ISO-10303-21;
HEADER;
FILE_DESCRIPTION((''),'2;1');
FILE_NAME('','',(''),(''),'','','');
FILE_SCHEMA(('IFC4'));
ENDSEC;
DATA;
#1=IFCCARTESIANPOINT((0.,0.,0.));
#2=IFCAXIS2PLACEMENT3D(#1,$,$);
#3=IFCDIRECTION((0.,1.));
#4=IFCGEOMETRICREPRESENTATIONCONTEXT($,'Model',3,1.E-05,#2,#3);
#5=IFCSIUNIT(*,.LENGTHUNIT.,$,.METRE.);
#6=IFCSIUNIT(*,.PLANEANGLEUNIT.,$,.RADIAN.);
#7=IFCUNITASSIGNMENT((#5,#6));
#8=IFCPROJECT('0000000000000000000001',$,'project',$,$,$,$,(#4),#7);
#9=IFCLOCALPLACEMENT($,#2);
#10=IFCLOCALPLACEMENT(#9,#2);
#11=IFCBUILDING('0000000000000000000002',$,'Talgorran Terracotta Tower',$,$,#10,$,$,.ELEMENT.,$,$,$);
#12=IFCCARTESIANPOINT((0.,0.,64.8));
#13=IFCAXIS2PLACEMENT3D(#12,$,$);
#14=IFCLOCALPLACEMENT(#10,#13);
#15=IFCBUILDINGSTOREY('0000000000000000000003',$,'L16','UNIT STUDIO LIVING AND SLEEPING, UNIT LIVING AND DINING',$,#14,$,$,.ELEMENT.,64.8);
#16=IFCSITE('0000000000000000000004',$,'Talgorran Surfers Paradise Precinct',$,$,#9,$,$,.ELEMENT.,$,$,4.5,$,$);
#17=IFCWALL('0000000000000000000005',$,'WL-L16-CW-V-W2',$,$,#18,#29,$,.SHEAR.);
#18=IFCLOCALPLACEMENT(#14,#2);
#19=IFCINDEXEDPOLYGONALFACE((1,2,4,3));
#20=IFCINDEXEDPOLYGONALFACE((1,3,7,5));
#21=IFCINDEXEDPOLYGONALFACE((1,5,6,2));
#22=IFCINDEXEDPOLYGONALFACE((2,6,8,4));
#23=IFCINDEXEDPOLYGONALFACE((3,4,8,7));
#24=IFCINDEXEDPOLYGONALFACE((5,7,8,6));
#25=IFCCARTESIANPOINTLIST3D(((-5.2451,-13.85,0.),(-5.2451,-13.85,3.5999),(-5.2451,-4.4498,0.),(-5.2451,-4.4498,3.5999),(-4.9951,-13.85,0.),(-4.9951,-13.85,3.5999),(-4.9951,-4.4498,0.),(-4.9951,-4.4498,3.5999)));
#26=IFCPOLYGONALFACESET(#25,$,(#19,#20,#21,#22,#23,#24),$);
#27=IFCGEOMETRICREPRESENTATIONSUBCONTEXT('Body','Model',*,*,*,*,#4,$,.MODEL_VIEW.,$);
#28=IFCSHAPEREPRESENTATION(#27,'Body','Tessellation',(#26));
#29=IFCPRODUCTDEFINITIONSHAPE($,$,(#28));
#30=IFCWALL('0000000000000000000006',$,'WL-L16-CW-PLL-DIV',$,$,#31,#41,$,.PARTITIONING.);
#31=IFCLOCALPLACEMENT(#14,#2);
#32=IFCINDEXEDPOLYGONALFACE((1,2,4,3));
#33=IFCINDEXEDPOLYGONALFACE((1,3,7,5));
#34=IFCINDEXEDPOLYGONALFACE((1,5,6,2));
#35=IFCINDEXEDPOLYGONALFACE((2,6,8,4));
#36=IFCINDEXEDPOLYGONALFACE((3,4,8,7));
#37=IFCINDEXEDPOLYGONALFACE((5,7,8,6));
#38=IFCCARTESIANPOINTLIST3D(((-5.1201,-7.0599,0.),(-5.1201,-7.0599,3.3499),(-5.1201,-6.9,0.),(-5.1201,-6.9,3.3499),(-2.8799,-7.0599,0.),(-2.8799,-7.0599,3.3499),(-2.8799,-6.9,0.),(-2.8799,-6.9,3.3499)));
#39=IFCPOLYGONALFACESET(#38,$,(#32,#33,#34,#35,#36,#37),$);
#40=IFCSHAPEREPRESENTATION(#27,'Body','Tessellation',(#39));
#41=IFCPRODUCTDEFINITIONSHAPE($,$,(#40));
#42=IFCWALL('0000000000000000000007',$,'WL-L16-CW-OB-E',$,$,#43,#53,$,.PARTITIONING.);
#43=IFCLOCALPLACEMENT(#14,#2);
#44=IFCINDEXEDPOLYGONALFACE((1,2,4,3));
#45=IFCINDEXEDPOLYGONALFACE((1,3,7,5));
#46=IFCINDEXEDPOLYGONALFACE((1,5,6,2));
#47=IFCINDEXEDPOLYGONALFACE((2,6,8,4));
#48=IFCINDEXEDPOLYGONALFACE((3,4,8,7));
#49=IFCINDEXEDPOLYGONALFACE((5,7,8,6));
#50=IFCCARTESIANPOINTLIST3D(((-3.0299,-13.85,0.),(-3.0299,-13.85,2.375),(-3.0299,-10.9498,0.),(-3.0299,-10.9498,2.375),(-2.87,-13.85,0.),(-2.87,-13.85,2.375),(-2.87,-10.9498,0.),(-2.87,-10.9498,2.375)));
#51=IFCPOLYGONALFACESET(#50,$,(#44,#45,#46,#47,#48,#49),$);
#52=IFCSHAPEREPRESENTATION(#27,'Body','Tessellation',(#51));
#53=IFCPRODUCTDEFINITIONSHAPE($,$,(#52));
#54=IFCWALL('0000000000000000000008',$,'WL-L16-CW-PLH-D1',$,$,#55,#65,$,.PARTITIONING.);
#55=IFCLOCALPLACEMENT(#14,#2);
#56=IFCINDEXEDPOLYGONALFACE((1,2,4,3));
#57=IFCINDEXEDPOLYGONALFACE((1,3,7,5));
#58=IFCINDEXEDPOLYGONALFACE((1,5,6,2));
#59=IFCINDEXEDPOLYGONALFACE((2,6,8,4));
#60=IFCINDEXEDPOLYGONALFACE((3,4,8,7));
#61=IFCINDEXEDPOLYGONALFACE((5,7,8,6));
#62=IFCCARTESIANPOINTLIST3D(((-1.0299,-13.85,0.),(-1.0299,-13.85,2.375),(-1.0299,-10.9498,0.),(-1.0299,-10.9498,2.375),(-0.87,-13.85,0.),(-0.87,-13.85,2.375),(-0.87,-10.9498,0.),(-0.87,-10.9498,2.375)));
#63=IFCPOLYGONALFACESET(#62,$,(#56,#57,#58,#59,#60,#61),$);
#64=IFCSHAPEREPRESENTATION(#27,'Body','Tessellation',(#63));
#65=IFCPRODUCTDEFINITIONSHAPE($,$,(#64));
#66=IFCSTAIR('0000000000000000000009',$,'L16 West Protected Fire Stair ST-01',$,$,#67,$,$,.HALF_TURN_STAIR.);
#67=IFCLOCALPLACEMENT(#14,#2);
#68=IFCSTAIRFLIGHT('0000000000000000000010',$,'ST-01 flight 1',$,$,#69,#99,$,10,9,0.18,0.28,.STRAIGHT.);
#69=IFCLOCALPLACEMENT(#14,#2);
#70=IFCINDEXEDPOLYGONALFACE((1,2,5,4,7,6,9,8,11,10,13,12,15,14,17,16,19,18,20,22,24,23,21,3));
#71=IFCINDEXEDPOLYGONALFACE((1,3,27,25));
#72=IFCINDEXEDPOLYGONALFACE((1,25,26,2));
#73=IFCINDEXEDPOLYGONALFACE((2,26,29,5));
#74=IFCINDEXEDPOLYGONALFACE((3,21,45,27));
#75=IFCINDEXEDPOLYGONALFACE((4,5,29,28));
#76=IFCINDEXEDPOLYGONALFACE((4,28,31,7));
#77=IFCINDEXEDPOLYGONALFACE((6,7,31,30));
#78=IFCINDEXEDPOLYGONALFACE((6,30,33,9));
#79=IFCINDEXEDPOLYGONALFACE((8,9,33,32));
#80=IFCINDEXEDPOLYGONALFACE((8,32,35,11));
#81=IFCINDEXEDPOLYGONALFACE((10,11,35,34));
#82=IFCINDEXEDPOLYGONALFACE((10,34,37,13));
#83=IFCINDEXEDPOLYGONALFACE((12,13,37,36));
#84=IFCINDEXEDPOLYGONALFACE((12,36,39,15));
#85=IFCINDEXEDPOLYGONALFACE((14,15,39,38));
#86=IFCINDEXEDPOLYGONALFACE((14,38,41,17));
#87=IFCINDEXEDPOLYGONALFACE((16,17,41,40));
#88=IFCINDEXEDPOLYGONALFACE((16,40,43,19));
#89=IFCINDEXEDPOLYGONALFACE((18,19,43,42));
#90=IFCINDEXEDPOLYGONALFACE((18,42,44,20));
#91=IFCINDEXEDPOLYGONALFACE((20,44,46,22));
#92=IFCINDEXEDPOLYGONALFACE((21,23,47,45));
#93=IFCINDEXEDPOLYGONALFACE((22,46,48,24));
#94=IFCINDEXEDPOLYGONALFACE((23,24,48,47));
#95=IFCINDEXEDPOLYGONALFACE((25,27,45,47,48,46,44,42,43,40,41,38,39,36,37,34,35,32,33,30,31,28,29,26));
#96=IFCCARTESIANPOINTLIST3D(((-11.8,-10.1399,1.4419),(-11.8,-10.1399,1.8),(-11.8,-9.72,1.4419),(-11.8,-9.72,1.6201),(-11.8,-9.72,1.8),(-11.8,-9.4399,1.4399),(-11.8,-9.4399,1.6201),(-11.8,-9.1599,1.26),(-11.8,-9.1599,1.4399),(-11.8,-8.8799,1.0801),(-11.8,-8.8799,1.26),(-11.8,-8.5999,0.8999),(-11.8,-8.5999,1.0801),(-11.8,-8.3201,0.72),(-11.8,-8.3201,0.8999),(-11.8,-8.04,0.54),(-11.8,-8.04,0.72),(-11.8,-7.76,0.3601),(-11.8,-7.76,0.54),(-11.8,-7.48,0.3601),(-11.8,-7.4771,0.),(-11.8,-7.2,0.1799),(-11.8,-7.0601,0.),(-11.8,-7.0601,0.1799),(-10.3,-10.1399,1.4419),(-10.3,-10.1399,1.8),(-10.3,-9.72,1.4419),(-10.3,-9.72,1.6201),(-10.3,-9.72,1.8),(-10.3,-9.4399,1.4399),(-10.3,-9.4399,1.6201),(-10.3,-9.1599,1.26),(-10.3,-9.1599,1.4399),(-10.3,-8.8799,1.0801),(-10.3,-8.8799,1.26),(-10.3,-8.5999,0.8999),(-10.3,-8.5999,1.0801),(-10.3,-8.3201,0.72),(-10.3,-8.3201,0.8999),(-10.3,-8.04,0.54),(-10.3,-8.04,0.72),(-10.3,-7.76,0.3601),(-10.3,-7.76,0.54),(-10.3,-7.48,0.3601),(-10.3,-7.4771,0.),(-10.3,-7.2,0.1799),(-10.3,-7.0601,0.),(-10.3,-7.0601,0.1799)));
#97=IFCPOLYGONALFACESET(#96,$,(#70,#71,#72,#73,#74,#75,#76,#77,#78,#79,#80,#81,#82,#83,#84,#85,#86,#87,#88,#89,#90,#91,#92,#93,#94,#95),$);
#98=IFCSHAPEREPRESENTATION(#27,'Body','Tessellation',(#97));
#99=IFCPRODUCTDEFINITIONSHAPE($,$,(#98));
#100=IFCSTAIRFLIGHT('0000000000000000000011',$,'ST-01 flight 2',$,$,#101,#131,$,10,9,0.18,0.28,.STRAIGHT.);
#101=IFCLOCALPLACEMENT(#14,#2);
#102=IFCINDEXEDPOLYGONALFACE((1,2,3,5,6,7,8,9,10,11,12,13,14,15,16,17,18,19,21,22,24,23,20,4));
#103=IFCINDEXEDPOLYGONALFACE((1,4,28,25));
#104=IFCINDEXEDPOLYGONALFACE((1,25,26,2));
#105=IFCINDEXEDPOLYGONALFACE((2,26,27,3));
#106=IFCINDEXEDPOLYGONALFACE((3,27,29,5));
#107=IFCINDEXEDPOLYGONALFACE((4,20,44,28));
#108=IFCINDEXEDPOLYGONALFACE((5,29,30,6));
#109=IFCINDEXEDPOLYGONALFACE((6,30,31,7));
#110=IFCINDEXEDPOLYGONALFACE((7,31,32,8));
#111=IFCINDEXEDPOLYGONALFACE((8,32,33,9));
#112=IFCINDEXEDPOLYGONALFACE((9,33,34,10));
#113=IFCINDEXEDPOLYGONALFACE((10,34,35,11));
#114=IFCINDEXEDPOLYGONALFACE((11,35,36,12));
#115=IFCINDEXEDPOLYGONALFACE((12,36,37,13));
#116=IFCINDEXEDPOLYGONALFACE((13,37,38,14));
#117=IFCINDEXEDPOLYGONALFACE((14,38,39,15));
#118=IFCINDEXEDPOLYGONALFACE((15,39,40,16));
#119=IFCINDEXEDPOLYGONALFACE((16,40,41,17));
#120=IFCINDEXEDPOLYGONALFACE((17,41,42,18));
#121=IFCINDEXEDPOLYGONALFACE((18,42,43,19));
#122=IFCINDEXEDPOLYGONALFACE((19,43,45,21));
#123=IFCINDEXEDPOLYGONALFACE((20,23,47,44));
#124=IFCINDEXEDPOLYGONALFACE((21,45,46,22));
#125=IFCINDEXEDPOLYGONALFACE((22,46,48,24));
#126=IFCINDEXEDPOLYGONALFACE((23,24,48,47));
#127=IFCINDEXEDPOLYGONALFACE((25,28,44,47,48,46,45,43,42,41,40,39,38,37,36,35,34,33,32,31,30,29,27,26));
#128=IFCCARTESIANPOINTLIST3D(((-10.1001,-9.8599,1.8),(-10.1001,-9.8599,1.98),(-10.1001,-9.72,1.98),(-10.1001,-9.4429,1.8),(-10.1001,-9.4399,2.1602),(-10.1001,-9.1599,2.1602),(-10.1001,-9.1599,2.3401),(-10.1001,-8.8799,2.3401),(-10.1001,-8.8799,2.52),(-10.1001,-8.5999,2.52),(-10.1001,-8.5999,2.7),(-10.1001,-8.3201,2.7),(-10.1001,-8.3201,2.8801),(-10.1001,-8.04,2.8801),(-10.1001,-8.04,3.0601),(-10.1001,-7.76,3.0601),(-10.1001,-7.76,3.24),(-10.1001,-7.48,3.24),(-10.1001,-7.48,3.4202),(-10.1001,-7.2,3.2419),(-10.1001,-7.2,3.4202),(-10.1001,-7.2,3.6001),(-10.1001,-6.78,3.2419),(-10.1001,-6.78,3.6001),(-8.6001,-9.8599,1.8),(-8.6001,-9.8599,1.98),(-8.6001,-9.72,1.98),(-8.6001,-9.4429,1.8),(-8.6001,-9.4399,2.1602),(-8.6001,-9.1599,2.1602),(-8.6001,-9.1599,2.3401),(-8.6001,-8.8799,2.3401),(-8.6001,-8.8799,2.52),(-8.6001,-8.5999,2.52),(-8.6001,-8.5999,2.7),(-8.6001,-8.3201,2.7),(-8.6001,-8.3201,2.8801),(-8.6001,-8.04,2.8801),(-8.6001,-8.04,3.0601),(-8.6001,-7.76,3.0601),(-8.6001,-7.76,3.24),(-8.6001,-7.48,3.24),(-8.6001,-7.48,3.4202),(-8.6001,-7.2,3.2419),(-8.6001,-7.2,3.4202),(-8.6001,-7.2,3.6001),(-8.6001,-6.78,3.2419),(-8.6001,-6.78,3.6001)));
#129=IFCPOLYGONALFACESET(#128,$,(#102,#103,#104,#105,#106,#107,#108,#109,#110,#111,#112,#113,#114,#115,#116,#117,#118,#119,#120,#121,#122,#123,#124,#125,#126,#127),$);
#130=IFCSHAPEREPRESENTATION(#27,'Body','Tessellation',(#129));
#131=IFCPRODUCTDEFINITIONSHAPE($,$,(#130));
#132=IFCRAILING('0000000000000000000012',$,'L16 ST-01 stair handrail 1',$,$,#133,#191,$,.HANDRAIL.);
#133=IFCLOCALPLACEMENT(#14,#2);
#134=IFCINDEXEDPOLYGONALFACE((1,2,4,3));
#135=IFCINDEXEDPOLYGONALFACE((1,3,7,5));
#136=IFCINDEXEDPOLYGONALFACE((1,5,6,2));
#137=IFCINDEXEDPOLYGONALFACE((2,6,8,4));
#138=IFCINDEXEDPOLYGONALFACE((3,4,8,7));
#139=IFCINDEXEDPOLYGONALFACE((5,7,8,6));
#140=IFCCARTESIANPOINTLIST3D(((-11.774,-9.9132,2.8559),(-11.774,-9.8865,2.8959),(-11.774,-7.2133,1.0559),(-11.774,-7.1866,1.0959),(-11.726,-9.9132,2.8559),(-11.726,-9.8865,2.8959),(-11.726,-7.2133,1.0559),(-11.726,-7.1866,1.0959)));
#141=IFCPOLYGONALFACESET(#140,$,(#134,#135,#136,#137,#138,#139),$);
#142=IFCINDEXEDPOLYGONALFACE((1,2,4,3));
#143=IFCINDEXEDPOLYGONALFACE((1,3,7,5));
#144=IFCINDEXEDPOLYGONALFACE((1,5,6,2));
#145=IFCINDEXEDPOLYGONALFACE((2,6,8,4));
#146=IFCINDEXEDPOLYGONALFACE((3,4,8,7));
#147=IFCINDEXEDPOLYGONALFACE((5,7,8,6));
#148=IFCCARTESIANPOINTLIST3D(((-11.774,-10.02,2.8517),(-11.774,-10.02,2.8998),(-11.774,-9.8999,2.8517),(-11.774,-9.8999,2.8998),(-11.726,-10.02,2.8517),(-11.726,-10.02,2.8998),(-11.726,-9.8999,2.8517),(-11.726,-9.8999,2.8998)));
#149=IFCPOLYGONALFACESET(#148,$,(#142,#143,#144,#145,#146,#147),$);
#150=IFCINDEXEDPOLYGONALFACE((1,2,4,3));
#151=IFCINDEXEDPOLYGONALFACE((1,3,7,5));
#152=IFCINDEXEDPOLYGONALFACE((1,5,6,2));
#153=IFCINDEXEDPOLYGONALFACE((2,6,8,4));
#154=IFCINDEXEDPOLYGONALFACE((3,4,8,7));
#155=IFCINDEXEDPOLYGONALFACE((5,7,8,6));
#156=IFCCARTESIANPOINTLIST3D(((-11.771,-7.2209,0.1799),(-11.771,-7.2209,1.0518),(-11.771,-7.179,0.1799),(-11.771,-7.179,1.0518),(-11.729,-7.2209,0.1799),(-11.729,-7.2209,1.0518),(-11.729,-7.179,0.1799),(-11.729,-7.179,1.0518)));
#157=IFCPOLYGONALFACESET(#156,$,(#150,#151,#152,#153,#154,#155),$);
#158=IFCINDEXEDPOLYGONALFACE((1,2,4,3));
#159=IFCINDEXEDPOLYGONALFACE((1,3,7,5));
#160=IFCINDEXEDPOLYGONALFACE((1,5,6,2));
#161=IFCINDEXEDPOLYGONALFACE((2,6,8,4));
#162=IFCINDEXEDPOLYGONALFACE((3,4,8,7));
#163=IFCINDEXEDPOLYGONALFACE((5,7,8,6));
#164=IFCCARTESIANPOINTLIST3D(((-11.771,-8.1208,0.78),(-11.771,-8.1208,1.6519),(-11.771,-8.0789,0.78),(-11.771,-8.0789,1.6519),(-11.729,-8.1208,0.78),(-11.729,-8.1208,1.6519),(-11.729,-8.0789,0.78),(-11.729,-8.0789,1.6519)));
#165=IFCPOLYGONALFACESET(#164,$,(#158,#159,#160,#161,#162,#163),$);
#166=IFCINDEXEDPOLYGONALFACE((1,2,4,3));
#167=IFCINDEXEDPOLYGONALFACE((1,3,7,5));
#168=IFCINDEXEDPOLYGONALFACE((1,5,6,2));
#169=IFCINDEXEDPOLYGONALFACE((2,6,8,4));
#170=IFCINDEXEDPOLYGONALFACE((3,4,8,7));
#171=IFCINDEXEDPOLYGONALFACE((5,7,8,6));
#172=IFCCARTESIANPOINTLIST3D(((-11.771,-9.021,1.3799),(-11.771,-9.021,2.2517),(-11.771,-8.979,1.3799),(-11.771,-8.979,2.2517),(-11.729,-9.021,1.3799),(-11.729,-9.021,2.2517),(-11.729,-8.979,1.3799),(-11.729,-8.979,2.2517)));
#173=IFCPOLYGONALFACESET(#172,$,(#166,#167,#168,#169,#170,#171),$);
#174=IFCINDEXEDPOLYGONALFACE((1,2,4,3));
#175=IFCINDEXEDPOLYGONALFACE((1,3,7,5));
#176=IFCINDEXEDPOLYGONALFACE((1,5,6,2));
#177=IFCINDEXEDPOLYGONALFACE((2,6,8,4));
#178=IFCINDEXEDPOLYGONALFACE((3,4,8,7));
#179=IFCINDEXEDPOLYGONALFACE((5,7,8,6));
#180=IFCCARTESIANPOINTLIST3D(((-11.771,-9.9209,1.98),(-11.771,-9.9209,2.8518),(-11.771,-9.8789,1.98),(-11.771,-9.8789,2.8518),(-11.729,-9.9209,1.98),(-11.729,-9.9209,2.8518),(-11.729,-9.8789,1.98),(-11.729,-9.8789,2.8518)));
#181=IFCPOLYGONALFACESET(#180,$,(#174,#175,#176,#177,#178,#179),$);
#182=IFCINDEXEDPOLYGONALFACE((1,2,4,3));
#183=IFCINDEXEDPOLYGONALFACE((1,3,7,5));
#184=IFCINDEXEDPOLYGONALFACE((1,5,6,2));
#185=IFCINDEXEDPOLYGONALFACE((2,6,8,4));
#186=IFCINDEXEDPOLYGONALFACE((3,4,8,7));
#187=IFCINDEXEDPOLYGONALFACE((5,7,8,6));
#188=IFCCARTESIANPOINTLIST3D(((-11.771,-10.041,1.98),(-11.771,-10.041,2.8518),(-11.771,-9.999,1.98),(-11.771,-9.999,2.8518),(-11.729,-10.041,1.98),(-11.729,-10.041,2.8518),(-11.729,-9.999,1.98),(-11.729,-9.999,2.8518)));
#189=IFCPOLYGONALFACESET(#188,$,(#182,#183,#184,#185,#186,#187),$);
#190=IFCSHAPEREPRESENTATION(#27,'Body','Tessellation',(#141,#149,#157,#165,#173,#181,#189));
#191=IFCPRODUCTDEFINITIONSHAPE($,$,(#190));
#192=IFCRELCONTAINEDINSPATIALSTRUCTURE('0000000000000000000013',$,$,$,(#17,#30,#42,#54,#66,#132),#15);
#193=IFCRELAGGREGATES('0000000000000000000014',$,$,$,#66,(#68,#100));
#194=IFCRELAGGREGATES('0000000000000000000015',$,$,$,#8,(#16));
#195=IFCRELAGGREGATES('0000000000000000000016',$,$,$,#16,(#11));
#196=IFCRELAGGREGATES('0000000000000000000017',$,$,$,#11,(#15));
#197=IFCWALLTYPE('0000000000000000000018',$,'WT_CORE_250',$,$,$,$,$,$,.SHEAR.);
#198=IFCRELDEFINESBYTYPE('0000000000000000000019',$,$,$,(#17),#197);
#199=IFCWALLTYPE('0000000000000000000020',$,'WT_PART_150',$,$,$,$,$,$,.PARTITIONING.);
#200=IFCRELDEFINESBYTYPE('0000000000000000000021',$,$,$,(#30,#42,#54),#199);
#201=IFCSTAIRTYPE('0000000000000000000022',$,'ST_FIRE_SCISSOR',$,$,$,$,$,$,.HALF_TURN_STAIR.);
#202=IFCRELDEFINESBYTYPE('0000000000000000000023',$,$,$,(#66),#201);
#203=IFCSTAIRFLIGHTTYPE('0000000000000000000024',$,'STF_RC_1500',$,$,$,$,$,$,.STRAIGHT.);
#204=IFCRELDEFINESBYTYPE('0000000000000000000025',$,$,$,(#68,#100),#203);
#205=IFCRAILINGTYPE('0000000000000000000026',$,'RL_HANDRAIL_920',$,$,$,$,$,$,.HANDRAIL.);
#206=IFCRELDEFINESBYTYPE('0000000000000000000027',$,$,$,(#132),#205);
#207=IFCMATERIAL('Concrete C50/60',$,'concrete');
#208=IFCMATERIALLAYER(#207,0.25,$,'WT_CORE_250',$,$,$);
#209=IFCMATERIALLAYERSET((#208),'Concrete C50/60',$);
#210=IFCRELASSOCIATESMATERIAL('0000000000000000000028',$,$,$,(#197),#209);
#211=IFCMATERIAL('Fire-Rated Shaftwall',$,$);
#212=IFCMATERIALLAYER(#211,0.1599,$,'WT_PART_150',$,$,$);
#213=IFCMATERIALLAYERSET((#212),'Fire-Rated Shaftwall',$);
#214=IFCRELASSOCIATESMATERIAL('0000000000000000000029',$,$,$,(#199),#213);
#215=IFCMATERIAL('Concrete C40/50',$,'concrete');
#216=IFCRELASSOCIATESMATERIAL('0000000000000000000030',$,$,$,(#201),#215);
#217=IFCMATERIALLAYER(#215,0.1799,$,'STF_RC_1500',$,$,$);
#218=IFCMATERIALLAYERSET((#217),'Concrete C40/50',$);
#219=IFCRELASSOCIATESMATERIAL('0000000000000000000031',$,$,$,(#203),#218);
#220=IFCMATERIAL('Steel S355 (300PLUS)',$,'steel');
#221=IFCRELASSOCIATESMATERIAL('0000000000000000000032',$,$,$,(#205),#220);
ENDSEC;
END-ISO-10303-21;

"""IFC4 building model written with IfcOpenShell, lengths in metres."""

from ifc_helpers import new_model, si_unit, direction, frame, frame_2d, origin, origin_2d, place, context, subcontext, project, spatial, polyline, rectangle, outline, extrude, material, layer, layer_set, type_object, element, aggregate, save


model = new_model("IFC4")

# Units and contexts
model_context = context("Model", 3, precision=1e-05, world=origin(), true_north=direction((0.0, 1.0)))
body_context = subcontext(model_context, "Body", "Model", "MODEL_VIEW")
ifc_project = project(units=[si_unit("LENGTHUNIT", "METRE"), si_unit("PLANEANGLEUNIT", "RADIAN")], contexts=[model_context])

# Site, building, storey
site_placement = place(None, origin())
site = spatial("IfcSite", under=ifc_project, at=site_placement, Name="Talgorran Surfers Paradise Precinct", CompositionType="ELEMENT", RefElevation=4.5)
building_placement = place(site_placement, origin())
building = spatial("IfcBuilding", under=site, at=building_placement, Name="Talgorran Terracotta Tower", CompositionType="ELEMENT")
storey_placement = place(building_placement, frame((0.0, 0.0, 64.8)))
storey = spatial("IfcBuildingStorey", under=building, at=storey_placement, Name="L16", Description="UNIT STUDIO LIVING AND SLEEPING, UNIT LIVING AND DINING", CompositionType="ELEMENT", Elevation=64.8)

# Shared definitions
ifc_material_1 = material(Name="Concrete C50/60", Category="concrete")

# Walls
ifc_layer_1 = layer(ifc_material_1, 0.25, Name="WT_CORE_250")
ifc_layer_set_1 = layer_set([ifc_layer_1], Name="Concrete C50/60")
wall_type_1 = type_object("IfcWallType", Name="WT_CORE_250", PredefinedType="SHEAR", material=ifc_layer_set_1)
wall_1_placement = place(storey_placement, frame((-5.1201, -13.8501, 0.0), z_axis=(0.0, 0.0, 1.0), x_axis=(0.0, 1.0, 0.0)))
element("IfcWall", 1, at=wall_1_placement, inside=storey, type_object=wall_type_1, Name="WL-L16-CW-V-W2", PredefinedType="SHEAR", context=body_context, shape_type="SweptSolid", body=[
    extrude(rectangle(XDim=9.4001, YDim=0.25, at=frame_2d((4.7002, 0.0))), origin(), (0.0, 0.0, 1.0), 3.5999),
])
ifc_material_2 = material(Name="Fire-Rated Shaftwall")
ifc_layer_2 = layer(ifc_material_2, 0.1599, Name="WT_PART_150")
ifc_layer_set_2 = layer_set([ifc_layer_2], Name="Fire-Rated Shaftwall")
wall_type_2 = type_object("IfcWallType", Name="WT_PART_150", PredefinedType="PARTITIONING", material=ifc_layer_set_2)
wall_2_placement = place(storey_placement, frame((-5.1201, -6.98, 0.0), z_axis=(0.0, 0.0, 1.0), x_axis=(1.0, 0.0, 0.0)))
element("IfcWall", 2, at=wall_2_placement, inside=storey, type_object=wall_type_2, Name="WL-L16-CW-PLL-DIV", PredefinedType="PARTITIONING", context=body_context, shape_type="SweptSolid", body=[
    extrude(rectangle(XDim=2.2402, YDim=0.1599, at=frame_2d((1.1201, 0.0))), origin(), (0.0, 0.0, 1.0), 3.3499),
])
for number, where, z_axis, x_axis, name in (
    (3, (-2.95, -13.8501, 0.0), (0.0, 0.0, 1.0), (0.0, 1.0, 0.0), "WL-L16-CW-OB-E"),
    (4, (-0.95, -13.8501, 0.0), (0.0, 0.0, 1.0), (0.0, 1.0, 0.0), "WL-L16-CW-PLH-D1"),
):
    element("IfcWall", number, at=place(storey_placement, frame(where, z_axis=z_axis, x_axis=x_axis)), inside=storey, type_object=wall_type_2, Name=name, PredefinedType="PARTITIONING", context=body_context, shape_type="SweptSolid", body=[
        extrude(rectangle(XDim=2.9001, YDim=0.1599, at=frame_2d((1.4502, 0.0))), origin(), (0.0, 0.0, 1.0), 2.375),
    ])

# Stair, stair flights
ifc_material_3 = material(Name="Concrete C40/50", Category="concrete")
stair_type = type_object("IfcStairType", Name="ST_FIRE_SCISSOR", PredefinedType="HALF_TURN_STAIR", material=ifc_material_3)
stair_placement = place(storey_placement, origin())
stair = element("IfcStair", 5, at=stair_placement, inside=storey, type_object=stair_type, Name="L16 West Protected Fire Stair ST-01", PredefinedType="HALF_TURN_STAIR")
ifc_layer_3 = layer(ifc_material_3, 0.1799, Name="STF_RC_1500")
ifc_layer_set_3 = layer_set([ifc_layer_3], Name="Concrete C40/50")
stair_flight_type = type_object("IfcStairFlightType", Name="STF_RC_1500", PredefinedType="STRAIGHT", material=ifc_layer_set_3)
stair_flight_1_placement = place(storey_placement, frame((-11.05, -7.2, 0.0), z_axis=(0.0, 0.0, 1.0), x_axis=(0.0, -1.0, 0.0)))
stair_flight_1 = element("IfcStairFlight", 6, at=stair_flight_1_placement, type_object=stair_flight_type, Name="ST-01 flight 1", NumberOfRisers=10, NumberOfTreads=9, PredefinedType="STRAIGHT", RiserHeight=0.18, TreadLength=0.28, context=body_context, shape_type="SweptSolid", body=[
    extrude(outline(polyline([(-0.1399, 0.0), (-0.1399, 0.1799), (0.0, 0.1799), (0.28, 0.3601), (0.5601, 0.3601), (0.5601, 0.54), (0.8401, 0.54), (0.8401, 0.72), (1.1201, 0.72), (1.1201, 0.8999), (1.3999, 0.8999), (1.3999, 1.0801), (1.6799, 1.0801), (1.6799, 1.26), (1.96, 1.26), (1.96, 1.4399), (2.24, 1.4399), (2.24, 1.6201), (2.52, 1.6201), (2.52, 1.8), (2.9399, 1.8), (2.9399, 1.4419), (2.52, 1.4419), (0.2771, 0.0), (-0.1399, 0.0)])), frame((0.0, 0.75, 0.0), z_axis=(0.0, -1.0, 0.0), x_axis=(1.0, 0.0, 0.0)), (0.0, 0.0, 1.0), 1.5),
])
stair_flight_2_placement = place(storey_placement, frame((-9.3501, -9.72, 1.8), z_axis=(0.0, 0.0, 1.0), x_axis=(0.0, 1.0, 0.0)))
stair_flight_2 = element("IfcStairFlight", 7, at=stair_flight_2_placement, type_object=stair_flight_type, Name="ST-01 flight 2", NumberOfRisers=10, NumberOfTreads=9, PredefinedType="STRAIGHT", RiserHeight=0.18, TreadLength=0.28, context=body_context, shape_type="SweptSolid", body=[
    extrude(outline(polyline([(-0.1399, 0.0), (-0.1399, 0.1799), (0.0, 0.1799), (0.28, 0.3601), (0.5601, 0.3601), (0.5601, 0.54), (0.8401, 0.54), (0.8401, 0.72), (1.1201, 0.72), (1.1201, 0.8999), (1.3999, 0.8999), (1.3999, 1.0801), (1.6799, 1.0801), (1.6799, 1.26), (1.96, 1.26), (1.96, 1.4399), (2.24, 1.4399), (2.24, 1.6201), (2.52, 1.6201), (2.52, 1.8), (2.9399, 1.8), (2.9399, 1.4419), (2.52, 1.4419), (0.2771, 0.0), (-0.1399, 0.0)])), frame((0.0, 0.75, 0.0), z_axis=(0.0, -1.0, 0.0), x_axis=(1.0, 0.0, 0.0)), (0.0, 0.0, 1.0), 1.5),
])
aggregate(stair, [stair_flight_1, stair_flight_2])

# Railing
ifc_material_4 = material(Name="Steel S355 (300PLUS)", Category="steel")
railing_type_1 = type_object("IfcRailingType", Name="RL_HANDRAIL_920", PredefinedType="HANDRAIL", material=ifc_material_4)
railing_1_placement = place(storey_placement, frame((-11.75, -7.2, 0.1799)))
element("IfcRailing", 8, at=railing_1_placement, inside=storey, type_object=railing_type_1, Name="L16 ST-01 stair handrail 1", PredefinedType="HANDRAIL", context=body_context, shape_type="SweptSolid", body=[
    extrude(rectangle(XDim=0.0481, YDim=0.0481, at=origin_2d()), frame((0.0, 0.0, 0.896), z_axis=(0.0, -0.832039, 0.554718), x_axis=(1.0, 0.0, 0.0)), (0.0, 0.0, 1.0), 3.2449),
    extrude(rectangle(XDim=0.0481, YDim=0.0481, at=origin_2d()), frame((0.0, -2.7, 2.6958), z_axis=(0.0, -1.0, 0.0), x_axis=(1.0, 0.0, 0.0)), (0.0, 0.0, 1.0), 0.1201),
    extrude(rectangle(XDim=0.042, YDim=0.042, at=origin_2d()), origin(), (0.0, 0.0, 1.0), 0.8718),
    extrude(rectangle(XDim=0.042, YDim=0.042, at=origin_2d()), frame((0.0, -0.8999, 0.6001)), (0.0, 0.0, 1.0), 0.8718),
    extrude(rectangle(XDim=0.042, YDim=0.042, at=origin_2d()), frame((0.0, -1.8, 1.2)), (0.0, 0.0, 1.0), 0.8718),
    extrude(rectangle(XDim=0.042, YDim=0.042, at=origin_2d()), frame((0.0, -2.7, 1.8)), (0.0, 0.0, 1.0), 0.8718),
    extrude(rectangle(XDim=0.042, YDim=0.042, at=origin_2d()), frame((0.0, -2.8201, 1.8)), (0.0, 0.0, 1.0), 0.8718),
])

save(model, "model.ifc")
